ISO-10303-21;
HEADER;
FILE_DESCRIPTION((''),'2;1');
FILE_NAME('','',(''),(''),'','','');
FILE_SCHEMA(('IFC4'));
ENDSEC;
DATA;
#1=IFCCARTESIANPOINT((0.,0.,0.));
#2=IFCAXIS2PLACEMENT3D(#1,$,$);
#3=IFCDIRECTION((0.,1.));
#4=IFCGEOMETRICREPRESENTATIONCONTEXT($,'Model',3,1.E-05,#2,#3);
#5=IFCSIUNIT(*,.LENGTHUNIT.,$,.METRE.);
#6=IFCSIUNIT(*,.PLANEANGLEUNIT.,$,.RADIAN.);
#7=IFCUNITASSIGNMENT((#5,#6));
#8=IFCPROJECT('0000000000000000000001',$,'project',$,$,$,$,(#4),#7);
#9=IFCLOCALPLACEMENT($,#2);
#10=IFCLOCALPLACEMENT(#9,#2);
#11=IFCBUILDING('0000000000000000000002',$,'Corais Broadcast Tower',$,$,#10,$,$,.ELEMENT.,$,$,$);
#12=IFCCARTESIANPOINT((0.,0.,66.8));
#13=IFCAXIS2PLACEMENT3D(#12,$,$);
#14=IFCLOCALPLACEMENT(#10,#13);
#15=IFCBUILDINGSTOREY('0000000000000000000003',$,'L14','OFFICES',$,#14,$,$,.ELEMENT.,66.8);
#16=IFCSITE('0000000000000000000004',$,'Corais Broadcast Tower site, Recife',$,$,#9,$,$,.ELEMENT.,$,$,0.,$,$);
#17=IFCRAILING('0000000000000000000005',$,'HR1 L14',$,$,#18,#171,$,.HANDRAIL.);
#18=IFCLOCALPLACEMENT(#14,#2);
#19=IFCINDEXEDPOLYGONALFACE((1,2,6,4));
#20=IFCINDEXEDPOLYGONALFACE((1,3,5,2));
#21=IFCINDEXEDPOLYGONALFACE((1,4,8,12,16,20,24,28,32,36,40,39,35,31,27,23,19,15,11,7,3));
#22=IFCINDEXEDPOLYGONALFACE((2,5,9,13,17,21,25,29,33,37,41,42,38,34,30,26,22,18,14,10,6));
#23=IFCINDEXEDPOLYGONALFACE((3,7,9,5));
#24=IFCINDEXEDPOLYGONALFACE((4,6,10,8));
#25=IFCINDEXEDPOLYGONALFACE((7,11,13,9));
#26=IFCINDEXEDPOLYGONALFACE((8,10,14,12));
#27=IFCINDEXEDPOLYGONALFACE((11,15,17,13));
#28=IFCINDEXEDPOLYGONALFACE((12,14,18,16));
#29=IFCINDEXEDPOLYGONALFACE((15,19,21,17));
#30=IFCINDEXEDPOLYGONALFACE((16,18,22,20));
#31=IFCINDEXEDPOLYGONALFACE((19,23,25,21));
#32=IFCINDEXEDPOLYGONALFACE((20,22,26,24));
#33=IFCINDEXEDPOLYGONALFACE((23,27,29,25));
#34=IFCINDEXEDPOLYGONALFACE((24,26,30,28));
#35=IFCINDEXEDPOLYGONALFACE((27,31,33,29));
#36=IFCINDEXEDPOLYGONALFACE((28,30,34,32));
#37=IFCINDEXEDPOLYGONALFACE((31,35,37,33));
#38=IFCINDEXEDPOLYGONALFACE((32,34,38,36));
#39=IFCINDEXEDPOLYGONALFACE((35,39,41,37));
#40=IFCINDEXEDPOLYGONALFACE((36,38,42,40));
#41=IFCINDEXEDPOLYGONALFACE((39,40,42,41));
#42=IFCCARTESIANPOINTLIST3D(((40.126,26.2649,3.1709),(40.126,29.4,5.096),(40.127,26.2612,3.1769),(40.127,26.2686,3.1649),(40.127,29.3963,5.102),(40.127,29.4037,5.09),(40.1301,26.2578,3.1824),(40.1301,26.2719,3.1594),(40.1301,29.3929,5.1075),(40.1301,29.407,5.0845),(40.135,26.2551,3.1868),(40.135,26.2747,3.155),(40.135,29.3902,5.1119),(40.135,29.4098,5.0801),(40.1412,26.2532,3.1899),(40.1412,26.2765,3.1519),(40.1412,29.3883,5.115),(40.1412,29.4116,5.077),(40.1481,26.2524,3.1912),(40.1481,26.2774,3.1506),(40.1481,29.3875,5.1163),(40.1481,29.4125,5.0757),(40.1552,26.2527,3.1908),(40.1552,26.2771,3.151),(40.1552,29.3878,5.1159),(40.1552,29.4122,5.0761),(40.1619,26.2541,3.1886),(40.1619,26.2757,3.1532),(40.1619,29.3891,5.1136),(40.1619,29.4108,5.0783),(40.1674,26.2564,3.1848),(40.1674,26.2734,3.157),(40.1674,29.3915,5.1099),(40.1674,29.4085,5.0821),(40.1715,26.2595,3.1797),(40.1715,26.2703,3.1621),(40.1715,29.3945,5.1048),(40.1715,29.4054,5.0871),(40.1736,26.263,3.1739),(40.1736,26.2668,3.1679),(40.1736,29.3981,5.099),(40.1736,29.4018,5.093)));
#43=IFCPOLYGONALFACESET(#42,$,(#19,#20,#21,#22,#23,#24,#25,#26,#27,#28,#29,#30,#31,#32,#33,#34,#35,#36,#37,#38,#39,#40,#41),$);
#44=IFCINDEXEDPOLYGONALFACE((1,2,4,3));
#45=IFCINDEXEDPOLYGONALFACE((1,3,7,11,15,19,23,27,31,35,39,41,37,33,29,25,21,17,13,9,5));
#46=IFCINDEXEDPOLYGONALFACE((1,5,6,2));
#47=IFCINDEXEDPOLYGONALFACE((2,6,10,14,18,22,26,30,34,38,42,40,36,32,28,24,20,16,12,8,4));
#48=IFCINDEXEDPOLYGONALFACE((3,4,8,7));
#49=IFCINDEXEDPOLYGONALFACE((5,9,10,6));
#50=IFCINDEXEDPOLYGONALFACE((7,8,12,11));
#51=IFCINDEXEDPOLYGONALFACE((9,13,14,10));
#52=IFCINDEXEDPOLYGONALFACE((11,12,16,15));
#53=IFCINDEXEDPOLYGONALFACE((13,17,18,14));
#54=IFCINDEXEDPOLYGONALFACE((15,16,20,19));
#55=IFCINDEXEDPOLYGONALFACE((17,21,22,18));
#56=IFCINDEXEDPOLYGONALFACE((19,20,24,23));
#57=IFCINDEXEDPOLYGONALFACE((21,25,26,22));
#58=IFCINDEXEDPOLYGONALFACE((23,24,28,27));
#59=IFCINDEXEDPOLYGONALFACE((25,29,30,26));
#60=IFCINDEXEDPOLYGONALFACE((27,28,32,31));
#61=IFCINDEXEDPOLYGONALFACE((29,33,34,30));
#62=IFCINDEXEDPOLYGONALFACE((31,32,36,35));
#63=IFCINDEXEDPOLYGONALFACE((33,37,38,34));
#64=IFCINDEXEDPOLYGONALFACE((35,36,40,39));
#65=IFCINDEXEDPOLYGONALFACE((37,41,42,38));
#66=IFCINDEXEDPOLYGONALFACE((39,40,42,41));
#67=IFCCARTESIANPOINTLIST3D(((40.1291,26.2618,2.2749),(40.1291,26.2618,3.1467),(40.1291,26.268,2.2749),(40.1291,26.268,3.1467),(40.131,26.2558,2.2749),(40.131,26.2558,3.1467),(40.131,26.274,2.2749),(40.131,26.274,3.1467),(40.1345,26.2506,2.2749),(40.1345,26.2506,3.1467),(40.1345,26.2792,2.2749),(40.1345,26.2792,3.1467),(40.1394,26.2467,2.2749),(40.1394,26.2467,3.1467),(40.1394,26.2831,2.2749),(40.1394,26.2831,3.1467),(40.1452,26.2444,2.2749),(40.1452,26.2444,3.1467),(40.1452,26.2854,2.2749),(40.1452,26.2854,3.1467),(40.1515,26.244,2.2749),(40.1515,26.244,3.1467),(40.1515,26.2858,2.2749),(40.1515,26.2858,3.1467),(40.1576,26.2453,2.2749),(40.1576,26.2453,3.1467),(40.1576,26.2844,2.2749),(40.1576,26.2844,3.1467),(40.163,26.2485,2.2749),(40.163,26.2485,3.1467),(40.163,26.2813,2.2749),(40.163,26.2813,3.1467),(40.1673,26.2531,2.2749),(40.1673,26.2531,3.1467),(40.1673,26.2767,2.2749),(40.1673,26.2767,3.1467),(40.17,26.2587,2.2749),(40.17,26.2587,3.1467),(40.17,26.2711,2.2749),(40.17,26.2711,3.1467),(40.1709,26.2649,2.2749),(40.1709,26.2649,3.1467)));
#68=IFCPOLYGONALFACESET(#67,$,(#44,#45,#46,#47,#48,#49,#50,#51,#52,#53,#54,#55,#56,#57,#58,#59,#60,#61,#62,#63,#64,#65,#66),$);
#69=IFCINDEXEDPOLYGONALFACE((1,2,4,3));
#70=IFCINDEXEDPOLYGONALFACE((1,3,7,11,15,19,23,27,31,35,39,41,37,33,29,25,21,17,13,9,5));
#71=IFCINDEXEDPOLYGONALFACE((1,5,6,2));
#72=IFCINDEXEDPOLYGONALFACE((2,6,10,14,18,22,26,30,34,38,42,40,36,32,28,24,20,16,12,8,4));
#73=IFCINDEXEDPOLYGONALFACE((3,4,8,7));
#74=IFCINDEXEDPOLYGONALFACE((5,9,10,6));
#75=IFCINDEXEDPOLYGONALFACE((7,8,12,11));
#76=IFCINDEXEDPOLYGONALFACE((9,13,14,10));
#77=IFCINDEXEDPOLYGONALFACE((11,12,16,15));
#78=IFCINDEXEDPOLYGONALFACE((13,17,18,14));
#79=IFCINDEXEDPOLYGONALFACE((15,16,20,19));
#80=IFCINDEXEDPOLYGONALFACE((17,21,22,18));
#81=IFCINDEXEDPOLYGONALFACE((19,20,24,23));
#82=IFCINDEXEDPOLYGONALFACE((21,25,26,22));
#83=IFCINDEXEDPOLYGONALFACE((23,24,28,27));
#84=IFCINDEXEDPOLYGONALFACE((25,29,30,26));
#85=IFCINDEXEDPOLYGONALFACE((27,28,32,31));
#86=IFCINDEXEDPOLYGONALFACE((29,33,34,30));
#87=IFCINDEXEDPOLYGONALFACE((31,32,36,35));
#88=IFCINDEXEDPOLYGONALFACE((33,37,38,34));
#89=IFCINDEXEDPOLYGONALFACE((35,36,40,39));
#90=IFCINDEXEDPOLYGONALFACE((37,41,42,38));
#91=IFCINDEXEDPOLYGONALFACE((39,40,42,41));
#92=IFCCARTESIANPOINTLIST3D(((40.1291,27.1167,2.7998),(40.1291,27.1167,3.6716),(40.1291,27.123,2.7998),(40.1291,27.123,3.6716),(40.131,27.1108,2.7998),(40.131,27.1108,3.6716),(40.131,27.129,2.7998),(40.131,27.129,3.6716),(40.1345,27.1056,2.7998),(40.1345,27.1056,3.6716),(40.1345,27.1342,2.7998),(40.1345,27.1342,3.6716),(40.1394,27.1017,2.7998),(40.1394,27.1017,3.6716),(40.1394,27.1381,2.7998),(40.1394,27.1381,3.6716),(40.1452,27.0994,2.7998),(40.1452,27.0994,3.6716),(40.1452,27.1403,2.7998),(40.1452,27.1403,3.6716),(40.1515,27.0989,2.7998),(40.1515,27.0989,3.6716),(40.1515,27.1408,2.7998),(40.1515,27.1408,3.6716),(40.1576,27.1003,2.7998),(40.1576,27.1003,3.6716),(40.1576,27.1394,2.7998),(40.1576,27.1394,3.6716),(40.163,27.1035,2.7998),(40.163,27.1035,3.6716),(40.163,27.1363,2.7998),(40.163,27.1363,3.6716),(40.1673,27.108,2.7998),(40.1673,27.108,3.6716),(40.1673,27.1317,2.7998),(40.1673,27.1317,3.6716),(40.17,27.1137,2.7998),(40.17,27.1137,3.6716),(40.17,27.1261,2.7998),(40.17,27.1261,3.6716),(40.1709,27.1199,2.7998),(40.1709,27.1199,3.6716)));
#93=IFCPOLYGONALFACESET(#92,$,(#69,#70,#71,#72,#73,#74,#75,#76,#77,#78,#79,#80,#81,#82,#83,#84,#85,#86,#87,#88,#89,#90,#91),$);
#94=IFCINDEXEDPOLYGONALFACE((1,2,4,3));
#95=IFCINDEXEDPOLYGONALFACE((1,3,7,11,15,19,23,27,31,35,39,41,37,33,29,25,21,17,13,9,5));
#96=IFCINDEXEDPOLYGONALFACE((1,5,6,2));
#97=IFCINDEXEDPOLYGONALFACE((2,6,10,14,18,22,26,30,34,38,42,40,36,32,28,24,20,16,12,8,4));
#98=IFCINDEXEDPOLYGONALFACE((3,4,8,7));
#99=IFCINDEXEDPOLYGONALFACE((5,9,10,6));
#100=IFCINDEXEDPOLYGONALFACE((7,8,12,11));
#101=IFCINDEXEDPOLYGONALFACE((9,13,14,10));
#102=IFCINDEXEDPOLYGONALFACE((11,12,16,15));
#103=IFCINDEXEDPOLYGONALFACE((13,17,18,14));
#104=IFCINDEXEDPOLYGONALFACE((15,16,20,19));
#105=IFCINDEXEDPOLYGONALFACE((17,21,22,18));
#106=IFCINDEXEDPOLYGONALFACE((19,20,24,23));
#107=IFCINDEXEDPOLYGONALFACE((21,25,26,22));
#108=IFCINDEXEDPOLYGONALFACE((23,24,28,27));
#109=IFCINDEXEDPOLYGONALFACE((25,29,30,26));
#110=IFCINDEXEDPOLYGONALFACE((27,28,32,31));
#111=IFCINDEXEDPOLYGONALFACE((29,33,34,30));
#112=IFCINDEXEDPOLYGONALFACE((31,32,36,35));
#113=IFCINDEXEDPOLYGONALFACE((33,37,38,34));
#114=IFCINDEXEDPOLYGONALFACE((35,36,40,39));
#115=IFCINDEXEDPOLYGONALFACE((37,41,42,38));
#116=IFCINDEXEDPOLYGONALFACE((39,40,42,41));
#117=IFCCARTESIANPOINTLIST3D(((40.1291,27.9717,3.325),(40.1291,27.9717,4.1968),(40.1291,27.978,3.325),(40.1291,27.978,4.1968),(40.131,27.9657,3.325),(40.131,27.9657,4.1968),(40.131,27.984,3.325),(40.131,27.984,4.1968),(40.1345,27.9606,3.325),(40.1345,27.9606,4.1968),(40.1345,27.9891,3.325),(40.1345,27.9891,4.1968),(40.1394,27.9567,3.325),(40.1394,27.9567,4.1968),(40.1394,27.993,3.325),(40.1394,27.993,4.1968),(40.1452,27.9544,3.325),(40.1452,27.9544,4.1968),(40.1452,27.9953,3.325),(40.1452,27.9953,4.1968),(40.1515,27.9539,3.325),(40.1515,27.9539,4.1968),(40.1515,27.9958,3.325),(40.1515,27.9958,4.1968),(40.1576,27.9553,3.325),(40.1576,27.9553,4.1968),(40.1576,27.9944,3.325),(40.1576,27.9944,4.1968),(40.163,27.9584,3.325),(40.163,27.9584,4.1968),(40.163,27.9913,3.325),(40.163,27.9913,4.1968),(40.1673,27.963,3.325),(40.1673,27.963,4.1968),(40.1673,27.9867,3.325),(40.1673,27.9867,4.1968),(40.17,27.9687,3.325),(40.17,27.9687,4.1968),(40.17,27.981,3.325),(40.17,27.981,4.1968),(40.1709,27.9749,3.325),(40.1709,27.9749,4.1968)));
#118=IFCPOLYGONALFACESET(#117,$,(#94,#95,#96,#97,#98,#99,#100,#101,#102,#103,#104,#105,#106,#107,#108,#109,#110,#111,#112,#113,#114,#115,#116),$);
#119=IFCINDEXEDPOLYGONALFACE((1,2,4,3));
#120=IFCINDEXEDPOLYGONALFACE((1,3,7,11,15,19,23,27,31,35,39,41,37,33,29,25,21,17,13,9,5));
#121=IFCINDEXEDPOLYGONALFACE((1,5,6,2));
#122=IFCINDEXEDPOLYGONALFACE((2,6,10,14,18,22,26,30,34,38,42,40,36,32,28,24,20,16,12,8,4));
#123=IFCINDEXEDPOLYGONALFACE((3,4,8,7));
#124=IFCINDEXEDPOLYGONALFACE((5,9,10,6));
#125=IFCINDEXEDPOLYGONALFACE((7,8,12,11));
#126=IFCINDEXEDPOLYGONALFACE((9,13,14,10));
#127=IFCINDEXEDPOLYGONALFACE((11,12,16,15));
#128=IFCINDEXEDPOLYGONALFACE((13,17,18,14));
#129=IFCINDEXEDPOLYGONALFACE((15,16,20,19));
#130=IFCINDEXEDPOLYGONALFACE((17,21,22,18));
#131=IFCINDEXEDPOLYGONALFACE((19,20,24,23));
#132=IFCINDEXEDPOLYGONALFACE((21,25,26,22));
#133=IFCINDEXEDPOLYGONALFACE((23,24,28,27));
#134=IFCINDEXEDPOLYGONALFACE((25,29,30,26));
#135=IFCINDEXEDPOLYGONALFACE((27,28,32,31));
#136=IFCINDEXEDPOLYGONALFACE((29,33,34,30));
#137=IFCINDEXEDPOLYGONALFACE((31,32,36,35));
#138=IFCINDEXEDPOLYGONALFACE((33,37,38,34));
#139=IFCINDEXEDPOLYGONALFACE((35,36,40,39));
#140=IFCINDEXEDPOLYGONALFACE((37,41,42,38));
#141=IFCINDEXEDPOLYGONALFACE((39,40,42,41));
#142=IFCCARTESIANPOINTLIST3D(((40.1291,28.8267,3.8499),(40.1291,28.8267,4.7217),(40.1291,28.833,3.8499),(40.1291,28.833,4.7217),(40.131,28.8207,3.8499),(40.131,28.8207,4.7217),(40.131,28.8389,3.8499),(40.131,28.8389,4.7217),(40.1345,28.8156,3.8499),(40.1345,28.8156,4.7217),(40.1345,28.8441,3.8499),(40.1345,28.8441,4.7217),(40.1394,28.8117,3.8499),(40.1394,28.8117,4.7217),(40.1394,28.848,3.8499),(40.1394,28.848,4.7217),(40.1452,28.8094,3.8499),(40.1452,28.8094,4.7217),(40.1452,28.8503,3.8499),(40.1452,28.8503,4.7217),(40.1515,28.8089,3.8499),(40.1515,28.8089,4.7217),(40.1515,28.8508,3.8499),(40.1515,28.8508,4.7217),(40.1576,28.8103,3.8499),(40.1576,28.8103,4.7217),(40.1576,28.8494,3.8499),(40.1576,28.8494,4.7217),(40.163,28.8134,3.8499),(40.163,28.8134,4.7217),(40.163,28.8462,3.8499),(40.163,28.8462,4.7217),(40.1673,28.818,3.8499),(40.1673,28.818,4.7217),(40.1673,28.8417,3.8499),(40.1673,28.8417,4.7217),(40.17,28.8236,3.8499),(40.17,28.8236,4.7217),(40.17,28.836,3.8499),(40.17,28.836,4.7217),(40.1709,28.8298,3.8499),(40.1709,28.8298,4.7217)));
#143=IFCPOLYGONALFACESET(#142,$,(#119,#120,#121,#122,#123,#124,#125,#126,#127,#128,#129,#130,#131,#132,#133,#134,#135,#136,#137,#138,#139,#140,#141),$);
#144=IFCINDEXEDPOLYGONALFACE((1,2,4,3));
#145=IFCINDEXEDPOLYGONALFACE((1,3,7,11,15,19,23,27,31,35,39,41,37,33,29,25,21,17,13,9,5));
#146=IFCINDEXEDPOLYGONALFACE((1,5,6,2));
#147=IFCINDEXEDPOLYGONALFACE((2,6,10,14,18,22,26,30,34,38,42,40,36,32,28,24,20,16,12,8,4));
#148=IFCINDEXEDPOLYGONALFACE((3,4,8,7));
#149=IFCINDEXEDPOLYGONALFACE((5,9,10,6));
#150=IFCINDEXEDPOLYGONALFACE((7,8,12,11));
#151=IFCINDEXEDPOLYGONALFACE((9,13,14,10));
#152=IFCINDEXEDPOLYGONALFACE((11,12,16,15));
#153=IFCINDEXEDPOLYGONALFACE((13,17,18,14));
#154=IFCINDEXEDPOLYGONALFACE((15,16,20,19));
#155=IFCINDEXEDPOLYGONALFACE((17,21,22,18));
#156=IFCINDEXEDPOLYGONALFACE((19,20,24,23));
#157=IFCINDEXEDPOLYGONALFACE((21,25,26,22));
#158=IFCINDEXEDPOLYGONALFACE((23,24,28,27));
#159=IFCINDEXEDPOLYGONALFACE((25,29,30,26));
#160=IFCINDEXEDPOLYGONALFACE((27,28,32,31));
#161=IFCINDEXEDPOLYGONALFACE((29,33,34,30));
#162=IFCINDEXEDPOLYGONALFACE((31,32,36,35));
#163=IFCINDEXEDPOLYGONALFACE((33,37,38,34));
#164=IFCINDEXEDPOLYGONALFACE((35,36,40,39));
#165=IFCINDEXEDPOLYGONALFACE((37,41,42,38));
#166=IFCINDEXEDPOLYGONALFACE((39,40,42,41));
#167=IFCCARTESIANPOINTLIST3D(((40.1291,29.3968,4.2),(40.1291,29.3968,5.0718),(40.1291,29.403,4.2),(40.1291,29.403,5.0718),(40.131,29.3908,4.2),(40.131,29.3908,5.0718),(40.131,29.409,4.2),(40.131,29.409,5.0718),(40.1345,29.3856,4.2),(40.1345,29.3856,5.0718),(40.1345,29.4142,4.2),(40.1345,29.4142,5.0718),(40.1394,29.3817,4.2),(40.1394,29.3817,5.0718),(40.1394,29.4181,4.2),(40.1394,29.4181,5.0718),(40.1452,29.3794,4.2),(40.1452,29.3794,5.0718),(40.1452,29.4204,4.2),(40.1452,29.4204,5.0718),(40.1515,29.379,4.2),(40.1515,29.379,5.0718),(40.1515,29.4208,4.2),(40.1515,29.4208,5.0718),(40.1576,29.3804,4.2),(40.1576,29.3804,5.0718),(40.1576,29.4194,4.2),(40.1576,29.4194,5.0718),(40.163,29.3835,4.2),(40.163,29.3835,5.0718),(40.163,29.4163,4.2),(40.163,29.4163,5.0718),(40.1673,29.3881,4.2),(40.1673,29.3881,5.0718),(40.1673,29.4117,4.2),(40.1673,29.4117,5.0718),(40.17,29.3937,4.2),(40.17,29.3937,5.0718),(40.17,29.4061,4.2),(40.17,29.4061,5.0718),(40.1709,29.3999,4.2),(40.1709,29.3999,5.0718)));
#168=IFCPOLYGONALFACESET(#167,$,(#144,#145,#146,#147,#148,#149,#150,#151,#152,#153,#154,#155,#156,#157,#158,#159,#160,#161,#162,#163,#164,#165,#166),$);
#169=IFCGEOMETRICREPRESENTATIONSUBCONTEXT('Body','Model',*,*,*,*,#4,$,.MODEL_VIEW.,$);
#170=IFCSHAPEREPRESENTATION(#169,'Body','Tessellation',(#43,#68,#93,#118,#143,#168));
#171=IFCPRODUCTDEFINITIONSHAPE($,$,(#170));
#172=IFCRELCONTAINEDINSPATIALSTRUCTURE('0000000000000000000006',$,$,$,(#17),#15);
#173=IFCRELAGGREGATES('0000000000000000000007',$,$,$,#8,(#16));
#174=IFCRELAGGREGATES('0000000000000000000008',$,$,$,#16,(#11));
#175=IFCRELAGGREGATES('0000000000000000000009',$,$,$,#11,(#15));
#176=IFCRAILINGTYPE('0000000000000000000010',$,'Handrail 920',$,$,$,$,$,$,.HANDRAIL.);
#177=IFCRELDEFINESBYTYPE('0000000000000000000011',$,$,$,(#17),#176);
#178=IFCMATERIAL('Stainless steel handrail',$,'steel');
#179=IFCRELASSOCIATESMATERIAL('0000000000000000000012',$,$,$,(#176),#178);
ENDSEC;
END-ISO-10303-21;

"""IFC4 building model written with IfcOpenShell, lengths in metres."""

from ifc_helpers import new_model, si_unit, direction, frame, origin, origin_2d, place, context, subcontext, project, spatial, circle, extrude, material, type_object, element, save


model = new_model("IFC4")

# Units and contexts
model_context = context("Model", 3, precision=1e-05, world=origin(), true_north=direction((0.0, 1.0)))
body_context = subcontext(model_context, "Body", "Model", "MODEL_VIEW")
ifc_project = project(units=[si_unit("LENGTHUNIT", "METRE"), si_unit("PLANEANGLEUNIT", "RADIAN")], contexts=[model_context])

# Site, building, storey
site_placement = place(None, origin())
site = spatial("IfcSite", under=ifc_project, at=site_placement, Name="Corais Broadcast Tower site, Recife", CompositionType="ELEMENT", RefElevation=0.0)
building_placement = place(site_placement, origin())
building = spatial("IfcBuilding", under=site, at=building_placement, Name="Corais Broadcast Tower", CompositionType="ELEMENT")
storey_placement = place(building_placement, frame((0.0, 0.0, 66.8)))
storey = spatial("IfcBuildingStorey", under=building, at=storey_placement, Name="L14", Description="OFFICES", CompositionType="ELEMENT", Elevation=66.8)

# Railing
ifc_material_1 = material(Name="Stainless steel handrail", Category="steel")
railing_type = type_object("IfcRailingType", Name="Handrail 920", PredefinedType="HANDRAIL", material=ifc_material_1)
for number, where, name in (
    (1, (40.1499, 26.2649, 2.2749), "HR1 L14"),
):
    element("IfcRailing", number, at=place(storey_placement, frame(where)), inside=storey, type_object=railing_type, Name=name, PredefinedType="HANDRAIL", context=body_context, shape_type="SweptSolid", body=[
        extrude(circle(Radius=0.0239, at=origin_2d()), frame((0.0, 0.0, 0.896), z_axis=(0.0, 0.852166, 0.523271), x_axis=(-1.0, 0.0, 0.0)), (0.0, 0.0, 1.0), 3.679),
        extrude(circle(Radius=0.021, at=origin_2d()), origin(), (0.0, 0.0, 1.0), 0.8718),
        extrude(circle(Radius=0.021, at=origin_2d()), frame((0.0, 0.855, 0.5249)), (0.0, 0.0, 1.0), 0.8718),
        extrude(circle(Radius=0.021, at=origin_2d()), frame((0.0, 1.71, 1.05)), (0.0, 0.0, 1.0), 0.8718),
        extrude(circle(Radius=0.021, at=origin_2d()), frame((0.0, 2.5649, 1.575)), (0.0, 0.0, 1.0), 0.8718),
        extrude(circle(Radius=0.021, at=origin_2d()), frame((0.0, 3.135, 1.925)), (0.0, 0.0, 1.0), 0.8718),
    ])

save(model, "model.ifc")
